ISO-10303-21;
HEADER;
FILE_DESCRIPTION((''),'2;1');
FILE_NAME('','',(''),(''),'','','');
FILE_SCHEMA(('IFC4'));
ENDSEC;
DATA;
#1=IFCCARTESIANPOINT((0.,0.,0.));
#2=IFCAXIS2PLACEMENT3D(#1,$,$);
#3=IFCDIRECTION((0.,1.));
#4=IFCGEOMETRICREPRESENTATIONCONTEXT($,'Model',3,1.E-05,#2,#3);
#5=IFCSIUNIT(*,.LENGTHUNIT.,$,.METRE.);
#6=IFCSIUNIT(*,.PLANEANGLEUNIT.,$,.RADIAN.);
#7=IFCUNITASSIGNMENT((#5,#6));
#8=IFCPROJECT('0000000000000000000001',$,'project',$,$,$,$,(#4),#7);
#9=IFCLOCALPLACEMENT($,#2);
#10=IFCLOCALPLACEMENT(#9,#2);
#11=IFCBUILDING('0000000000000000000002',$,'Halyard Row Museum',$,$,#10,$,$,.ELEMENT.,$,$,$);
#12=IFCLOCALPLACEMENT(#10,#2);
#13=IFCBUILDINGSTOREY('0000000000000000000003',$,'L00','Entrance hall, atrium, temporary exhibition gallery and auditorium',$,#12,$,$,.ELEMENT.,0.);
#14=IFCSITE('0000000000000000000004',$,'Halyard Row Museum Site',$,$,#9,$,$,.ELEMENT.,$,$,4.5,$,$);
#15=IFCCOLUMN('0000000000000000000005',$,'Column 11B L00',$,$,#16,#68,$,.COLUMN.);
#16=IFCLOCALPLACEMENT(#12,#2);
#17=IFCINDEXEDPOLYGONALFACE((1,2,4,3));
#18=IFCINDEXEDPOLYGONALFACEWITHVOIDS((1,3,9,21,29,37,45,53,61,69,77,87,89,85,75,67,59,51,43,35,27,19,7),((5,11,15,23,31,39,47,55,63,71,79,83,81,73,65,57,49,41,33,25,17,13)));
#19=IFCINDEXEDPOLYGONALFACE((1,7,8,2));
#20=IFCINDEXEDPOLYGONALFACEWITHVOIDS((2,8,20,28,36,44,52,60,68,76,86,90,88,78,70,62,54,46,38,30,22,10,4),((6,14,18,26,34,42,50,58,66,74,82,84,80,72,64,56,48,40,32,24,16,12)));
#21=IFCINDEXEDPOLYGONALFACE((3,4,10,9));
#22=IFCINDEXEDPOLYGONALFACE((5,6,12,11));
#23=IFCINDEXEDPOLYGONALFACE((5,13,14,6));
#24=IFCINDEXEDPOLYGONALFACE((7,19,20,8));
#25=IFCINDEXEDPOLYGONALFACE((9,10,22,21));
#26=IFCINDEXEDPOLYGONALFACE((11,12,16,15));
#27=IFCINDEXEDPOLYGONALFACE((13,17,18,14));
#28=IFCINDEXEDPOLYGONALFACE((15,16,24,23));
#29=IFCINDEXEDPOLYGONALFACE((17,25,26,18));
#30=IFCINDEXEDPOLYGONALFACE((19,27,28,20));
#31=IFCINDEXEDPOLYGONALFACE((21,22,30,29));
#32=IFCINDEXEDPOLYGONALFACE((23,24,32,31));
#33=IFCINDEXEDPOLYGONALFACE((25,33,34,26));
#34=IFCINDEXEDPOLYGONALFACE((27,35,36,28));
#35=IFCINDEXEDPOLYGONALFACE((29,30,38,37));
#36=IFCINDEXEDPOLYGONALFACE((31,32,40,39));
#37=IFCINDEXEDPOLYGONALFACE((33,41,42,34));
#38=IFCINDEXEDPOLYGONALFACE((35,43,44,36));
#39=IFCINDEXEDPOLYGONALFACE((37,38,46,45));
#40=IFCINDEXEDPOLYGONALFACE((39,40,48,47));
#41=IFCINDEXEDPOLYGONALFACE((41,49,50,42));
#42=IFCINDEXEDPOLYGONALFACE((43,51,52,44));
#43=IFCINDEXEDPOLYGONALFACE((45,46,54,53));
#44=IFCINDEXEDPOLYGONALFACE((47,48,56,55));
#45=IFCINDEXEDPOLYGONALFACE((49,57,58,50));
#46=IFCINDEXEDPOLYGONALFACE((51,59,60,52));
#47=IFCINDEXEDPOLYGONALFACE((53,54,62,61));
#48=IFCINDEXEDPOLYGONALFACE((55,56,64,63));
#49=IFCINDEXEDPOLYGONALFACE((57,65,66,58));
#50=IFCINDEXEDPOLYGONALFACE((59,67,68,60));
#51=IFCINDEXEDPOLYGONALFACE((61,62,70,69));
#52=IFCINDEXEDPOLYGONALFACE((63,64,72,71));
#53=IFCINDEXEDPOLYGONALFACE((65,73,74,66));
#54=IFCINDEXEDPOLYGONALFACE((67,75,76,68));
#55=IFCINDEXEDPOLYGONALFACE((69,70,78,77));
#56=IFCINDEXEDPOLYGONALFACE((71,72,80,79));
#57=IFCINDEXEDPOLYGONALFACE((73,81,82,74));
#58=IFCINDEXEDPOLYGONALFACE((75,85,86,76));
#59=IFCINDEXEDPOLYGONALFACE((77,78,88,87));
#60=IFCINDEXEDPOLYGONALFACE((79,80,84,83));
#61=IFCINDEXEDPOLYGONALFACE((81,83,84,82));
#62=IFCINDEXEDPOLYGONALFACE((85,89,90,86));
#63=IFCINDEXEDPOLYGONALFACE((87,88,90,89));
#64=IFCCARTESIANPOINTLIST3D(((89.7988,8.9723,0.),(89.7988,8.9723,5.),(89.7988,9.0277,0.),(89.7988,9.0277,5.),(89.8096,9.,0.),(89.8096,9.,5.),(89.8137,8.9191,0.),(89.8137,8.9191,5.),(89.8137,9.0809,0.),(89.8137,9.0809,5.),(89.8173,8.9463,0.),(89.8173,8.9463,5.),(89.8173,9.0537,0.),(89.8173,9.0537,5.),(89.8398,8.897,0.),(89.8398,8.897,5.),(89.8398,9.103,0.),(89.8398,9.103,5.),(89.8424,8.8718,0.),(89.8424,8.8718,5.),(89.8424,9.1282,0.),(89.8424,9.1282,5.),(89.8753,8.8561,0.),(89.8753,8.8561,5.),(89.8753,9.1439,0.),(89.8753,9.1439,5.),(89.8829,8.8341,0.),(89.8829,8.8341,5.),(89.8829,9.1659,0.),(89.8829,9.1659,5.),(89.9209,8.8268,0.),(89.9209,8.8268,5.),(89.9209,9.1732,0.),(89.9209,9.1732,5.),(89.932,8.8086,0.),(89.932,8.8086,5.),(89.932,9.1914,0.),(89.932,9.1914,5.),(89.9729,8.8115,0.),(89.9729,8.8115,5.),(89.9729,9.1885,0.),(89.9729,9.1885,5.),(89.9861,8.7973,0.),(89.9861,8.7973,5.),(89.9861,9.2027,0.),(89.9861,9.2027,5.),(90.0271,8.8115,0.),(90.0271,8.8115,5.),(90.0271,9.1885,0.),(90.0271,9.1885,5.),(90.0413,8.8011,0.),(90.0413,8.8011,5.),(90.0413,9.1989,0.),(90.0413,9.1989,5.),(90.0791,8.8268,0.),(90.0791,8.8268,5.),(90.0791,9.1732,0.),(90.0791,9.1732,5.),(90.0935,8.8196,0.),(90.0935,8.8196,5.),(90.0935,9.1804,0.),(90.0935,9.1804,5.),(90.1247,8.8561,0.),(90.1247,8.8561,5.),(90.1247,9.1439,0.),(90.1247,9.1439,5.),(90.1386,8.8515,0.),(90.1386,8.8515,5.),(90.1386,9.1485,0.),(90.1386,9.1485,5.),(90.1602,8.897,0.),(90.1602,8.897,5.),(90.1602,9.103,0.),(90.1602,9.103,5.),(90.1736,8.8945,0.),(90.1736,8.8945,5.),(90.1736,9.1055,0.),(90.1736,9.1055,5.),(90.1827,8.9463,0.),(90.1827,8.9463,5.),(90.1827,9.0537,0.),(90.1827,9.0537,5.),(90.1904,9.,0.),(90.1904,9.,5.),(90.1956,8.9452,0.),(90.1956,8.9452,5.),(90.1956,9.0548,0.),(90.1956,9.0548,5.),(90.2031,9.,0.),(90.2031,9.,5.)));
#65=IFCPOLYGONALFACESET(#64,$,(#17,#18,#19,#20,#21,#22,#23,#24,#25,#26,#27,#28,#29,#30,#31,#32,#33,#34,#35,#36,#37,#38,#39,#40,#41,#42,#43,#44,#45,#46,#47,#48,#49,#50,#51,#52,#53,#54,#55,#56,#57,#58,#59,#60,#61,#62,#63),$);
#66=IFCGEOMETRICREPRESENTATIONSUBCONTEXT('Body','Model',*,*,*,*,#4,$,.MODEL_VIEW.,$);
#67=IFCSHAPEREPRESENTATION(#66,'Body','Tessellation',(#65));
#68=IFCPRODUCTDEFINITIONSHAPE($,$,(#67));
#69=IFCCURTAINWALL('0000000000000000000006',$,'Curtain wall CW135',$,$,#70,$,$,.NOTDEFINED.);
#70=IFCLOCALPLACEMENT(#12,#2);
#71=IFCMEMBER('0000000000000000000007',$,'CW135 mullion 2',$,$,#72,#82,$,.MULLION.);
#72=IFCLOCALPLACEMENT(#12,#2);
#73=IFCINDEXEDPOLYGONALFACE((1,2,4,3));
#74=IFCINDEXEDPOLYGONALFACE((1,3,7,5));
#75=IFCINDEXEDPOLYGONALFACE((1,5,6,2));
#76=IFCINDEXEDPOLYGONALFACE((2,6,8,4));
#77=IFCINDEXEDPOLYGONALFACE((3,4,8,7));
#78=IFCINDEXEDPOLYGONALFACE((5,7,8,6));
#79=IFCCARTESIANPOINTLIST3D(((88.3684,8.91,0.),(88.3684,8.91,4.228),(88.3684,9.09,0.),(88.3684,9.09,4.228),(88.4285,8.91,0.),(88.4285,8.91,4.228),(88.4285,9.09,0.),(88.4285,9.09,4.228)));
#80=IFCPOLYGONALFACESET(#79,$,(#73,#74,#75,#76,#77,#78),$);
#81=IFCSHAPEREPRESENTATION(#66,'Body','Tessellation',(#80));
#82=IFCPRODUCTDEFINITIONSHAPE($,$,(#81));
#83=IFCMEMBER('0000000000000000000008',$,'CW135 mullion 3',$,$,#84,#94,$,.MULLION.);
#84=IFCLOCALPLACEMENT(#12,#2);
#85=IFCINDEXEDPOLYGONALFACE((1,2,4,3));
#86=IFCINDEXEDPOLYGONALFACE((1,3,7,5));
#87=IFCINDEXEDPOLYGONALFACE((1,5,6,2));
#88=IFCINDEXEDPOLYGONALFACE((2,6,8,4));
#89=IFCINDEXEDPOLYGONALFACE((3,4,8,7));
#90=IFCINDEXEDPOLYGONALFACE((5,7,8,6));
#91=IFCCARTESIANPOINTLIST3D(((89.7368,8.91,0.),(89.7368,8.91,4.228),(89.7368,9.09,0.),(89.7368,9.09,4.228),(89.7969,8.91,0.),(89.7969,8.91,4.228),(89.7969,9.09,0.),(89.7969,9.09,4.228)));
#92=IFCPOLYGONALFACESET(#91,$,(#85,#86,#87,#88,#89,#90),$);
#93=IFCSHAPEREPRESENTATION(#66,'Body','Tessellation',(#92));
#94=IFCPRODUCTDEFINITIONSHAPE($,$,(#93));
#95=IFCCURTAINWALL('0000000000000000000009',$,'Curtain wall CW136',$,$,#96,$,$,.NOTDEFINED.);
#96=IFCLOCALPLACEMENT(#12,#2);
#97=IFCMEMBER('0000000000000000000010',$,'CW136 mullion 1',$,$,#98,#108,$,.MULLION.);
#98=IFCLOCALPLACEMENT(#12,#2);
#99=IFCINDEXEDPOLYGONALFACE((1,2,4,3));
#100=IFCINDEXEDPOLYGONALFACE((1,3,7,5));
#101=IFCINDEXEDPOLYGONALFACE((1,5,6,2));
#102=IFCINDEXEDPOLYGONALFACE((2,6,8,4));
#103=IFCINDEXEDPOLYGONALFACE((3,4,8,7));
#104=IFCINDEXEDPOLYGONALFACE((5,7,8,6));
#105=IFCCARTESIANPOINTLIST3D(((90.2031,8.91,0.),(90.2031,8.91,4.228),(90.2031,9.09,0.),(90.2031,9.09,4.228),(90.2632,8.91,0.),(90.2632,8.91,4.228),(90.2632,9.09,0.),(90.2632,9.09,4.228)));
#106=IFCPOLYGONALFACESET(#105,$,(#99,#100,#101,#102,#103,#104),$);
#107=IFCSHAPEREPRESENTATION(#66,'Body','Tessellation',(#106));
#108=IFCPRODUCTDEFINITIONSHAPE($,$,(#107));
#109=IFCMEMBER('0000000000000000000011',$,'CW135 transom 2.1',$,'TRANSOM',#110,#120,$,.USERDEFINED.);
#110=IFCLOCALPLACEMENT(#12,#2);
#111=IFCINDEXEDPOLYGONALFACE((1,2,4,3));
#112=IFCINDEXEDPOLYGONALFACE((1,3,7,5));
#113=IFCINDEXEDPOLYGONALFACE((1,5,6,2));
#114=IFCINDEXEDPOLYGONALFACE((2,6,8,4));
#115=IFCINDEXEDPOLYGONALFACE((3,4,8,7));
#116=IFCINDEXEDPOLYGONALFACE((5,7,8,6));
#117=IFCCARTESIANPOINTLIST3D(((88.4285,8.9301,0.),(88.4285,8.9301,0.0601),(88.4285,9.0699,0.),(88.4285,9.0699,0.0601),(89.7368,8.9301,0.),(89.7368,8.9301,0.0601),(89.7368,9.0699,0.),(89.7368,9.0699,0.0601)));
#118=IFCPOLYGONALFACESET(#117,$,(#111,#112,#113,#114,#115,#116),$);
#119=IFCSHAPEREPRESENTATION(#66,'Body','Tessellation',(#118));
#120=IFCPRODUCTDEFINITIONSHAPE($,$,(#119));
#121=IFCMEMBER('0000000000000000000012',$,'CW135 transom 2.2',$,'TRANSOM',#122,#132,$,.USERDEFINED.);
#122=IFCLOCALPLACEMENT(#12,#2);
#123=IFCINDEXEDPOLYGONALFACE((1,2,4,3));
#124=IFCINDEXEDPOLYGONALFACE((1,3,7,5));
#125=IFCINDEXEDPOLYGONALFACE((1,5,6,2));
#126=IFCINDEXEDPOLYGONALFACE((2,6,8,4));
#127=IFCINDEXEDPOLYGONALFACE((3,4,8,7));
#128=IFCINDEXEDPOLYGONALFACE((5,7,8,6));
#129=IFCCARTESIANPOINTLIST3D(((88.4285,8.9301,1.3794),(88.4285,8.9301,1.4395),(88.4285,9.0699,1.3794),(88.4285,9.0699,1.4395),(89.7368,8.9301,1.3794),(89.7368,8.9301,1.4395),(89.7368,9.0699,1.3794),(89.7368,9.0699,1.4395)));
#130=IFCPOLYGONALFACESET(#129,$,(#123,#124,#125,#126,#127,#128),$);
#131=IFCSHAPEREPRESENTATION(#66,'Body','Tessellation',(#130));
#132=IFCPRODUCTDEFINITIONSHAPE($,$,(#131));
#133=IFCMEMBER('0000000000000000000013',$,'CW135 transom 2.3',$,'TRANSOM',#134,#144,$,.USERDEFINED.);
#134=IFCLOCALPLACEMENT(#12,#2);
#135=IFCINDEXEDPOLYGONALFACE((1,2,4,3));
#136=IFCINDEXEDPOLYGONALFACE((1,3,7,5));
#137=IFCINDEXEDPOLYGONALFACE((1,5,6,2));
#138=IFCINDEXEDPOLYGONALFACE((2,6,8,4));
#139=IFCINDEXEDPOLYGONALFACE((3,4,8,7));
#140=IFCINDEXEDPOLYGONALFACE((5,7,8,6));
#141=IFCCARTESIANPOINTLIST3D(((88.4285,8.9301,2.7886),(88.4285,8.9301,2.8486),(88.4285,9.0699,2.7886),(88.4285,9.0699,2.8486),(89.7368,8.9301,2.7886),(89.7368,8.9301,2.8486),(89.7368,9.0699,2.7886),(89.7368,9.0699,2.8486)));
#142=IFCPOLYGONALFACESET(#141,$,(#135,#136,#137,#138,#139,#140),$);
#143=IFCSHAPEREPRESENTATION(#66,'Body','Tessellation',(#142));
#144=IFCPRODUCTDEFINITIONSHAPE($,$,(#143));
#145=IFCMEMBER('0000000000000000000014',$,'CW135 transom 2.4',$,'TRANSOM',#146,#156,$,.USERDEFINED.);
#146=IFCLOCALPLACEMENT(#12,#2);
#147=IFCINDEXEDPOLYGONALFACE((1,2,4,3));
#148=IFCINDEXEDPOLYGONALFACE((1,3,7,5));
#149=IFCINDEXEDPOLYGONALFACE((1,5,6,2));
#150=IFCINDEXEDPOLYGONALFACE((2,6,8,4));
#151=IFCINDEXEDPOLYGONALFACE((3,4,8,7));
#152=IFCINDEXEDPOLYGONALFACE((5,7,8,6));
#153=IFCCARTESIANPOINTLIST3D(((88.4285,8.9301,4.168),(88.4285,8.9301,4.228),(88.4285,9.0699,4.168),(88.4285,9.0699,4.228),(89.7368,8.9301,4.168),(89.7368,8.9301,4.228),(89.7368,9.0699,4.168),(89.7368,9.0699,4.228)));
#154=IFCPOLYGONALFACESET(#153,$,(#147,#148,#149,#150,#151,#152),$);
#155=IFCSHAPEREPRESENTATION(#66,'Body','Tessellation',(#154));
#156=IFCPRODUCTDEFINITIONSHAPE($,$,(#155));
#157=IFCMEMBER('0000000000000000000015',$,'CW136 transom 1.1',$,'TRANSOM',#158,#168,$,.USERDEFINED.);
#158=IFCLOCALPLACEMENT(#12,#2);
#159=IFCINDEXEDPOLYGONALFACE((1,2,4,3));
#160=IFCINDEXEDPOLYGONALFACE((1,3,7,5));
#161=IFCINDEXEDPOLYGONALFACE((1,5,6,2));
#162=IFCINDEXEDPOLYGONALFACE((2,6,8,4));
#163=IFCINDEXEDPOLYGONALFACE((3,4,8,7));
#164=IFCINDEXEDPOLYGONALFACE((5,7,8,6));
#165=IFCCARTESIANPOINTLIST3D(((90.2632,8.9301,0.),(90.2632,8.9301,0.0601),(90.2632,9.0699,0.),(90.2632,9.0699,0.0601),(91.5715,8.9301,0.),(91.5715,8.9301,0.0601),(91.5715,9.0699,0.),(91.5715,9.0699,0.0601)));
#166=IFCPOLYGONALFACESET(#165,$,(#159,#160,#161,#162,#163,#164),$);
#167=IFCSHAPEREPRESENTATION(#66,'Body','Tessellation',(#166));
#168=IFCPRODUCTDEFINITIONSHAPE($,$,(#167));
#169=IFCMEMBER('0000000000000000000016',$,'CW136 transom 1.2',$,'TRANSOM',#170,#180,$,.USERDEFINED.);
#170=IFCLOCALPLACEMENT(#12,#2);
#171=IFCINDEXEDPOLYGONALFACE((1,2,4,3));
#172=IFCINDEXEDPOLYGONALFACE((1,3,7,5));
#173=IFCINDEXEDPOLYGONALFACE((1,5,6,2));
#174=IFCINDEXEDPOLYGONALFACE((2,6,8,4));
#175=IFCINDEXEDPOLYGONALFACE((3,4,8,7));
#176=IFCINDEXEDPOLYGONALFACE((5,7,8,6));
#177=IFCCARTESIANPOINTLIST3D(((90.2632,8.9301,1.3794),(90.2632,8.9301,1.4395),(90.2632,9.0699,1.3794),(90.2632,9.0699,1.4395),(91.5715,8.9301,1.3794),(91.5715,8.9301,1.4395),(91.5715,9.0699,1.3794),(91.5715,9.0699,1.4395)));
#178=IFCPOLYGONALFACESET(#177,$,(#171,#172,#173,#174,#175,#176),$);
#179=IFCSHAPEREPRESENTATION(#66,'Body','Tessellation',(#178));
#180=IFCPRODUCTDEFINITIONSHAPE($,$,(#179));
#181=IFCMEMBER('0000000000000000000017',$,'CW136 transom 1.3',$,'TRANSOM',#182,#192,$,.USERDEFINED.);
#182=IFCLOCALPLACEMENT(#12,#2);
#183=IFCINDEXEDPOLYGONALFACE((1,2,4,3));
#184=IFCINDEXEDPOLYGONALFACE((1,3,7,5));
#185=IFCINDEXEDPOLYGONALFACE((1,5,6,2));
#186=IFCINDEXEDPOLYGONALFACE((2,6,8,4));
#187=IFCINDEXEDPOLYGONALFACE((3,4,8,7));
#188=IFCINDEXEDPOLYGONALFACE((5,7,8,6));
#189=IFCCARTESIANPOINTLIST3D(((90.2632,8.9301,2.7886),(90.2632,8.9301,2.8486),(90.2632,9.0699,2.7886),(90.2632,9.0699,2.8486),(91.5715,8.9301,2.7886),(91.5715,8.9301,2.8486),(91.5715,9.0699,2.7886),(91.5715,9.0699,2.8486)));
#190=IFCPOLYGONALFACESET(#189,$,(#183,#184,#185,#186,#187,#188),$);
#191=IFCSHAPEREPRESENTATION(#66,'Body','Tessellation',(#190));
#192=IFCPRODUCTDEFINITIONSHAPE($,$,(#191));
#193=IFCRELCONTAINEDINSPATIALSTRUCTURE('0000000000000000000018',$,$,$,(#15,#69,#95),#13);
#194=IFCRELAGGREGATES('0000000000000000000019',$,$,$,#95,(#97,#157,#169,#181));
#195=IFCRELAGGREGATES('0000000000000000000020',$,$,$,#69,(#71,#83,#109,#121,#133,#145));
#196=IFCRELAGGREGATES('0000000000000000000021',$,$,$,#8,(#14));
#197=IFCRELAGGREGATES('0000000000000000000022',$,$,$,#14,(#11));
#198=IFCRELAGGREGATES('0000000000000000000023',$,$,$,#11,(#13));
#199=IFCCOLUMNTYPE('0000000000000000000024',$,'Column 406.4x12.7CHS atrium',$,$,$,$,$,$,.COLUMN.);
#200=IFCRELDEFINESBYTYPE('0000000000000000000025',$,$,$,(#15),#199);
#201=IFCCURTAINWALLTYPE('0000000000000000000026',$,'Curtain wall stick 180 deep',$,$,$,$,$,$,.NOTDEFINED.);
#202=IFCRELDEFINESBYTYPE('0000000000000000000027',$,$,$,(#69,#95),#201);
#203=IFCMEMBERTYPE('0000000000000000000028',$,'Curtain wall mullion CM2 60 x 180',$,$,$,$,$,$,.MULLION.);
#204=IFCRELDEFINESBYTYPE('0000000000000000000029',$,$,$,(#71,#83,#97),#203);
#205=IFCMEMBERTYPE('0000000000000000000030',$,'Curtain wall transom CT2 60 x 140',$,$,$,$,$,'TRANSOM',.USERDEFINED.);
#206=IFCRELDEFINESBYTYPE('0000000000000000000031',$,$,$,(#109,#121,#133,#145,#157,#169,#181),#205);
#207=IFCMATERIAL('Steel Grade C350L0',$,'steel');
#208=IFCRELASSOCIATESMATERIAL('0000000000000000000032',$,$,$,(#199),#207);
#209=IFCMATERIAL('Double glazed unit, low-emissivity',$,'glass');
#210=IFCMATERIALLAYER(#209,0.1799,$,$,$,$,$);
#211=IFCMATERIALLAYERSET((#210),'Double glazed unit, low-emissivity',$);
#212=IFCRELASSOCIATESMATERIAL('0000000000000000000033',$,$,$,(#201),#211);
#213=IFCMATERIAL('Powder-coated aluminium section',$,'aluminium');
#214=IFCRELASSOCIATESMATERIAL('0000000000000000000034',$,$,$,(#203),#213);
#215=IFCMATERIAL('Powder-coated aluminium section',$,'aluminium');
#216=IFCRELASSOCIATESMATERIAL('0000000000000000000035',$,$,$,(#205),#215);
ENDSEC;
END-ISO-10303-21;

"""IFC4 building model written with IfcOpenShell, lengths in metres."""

from ifc_helpers import new_model, si_unit, direction, frame, origin, origin_2d, place, context, subcontext, project, spatial, rectangle, hollow_circle, extrude, material, layer, layer_set, material_profile, profile_set, type_object, element, aggregate, save


model = new_model("IFC4")

# Units and contexts
model_context = context("Model", 3, precision=1e-05, world=origin(), true_north=direction((0.0, 1.0)))
body_context = subcontext(model_context, "Body", "Model", "MODEL_VIEW")
ifc_project = project(units=[si_unit("LENGTHUNIT", "METRE"), si_unit("PLANEANGLEUNIT", "RADIAN")], contexts=[model_context])

# Site, building, storey
site_placement = place(None, origin())
site = spatial("IfcSite", under=ifc_project, at=site_placement, Name="Halyard Row Museum Site", CompositionType="ELEMENT", RefElevation=4.5)
building_placement = place(site_placement, origin())
building = spatial("IfcBuilding", under=site, at=building_placement, Name="Halyard Row Museum", CompositionType="ELEMENT")
storey_placement = place(building_placement, origin())
storey = spatial("IfcBuildingStorey", under=building, at=storey_placement, Name="L00", Description="Entrance hall, atrium, temporary exhibition gallery and auditorium", CompositionType="ELEMENT", Elevation=0.0)

# Column
ifc_material_1 = material(Name="Steel Grade C350L0", Category="steel")
ifc_material_profile_1 = material_profile(ifc_material_1, hollow_circle(Radius=0.2031, WallThickness=0.0127, at=origin_2d()), Name="406.4x12.7CHS")
ifc_profile_set_1 = profile_set([ifc_material_profile_1], Name="Steel Grade C350L0")
column_type = type_object("IfcColumnType", Name="Column 406.4x12.7CHS atrium", PredefinedType="COLUMN", material=ifc_profile_set_1)
column_placement = place(storey_placement, frame((90.0, 9.0, 0.0), z_axis=(0.0, 0.0, 1.0), x_axis=(1.0, 0.0, 0.0)))
element("IfcColumn", 1, at=column_placement, inside=storey, type_object=column_type, Name="Column 11B L00", PredefinedType="COLUMN", context=body_context, shape_type="SweptSolid", body=[
    extrude(hollow_circle(Radius=0.2031, WallThickness=0.0127, at=origin_2d()), origin(), (0.0, 0.0, 1.0), 5.0),
])

# Curtain wall, members
ifc_material_2 = material(Name="Double glazed unit, low-emissivity", Category="glass")
ifc_layer_1 = layer(ifc_material_2, 0.1799)
ifc_layer_set_1 = layer_set([ifc_layer_1], Name="Double glazed unit, low-emissivity")
curtain_wall_type = type_object("IfcCurtainWallType", Name="Curtain wall stick 180 deep", PredefinedType="NOTDEFINED", material=ifc_layer_set_1)
curtain_wall_1_placement = place(storey_placement, origin())
curtain_wall_1 = element("IfcCurtainWall", 2, at=curtain_wall_1_placement, inside=storey, type_object=curtain_wall_type, Name="Curtain wall CW135", PredefinedType="NOTDEFINED")
ifc_material_3 = material(Name="Powder-coated aluminium section", Category="aluminium")
ifc_material_profile_2 = material_profile(ifc_material_3, rectangle(XDim=0.1799, YDim=0.0601, at=origin_2d()), Name="180x60 mullion")
ifc_profile_set_2 = profile_set([ifc_material_profile_2], Name="Powder-coated aluminium section")
member_type_1 = type_object("IfcMemberType", Name="Curtain wall mullion CM2 60 x 180", PredefinedType="MULLION", material=ifc_profile_set_2)
member_1_placement = place(storey_placement, frame((88.3984, 9.0, 0.0), z_axis=(0.0, 0.0, 1.0), x_axis=(0.0, 1.0, 0.0)))
member_1 = element("IfcMember", 3, at=member_1_placement, type_object=member_type_1, Name="CW135 mullion 2", PredefinedType="MULLION", context=body_context, shape_type="SweptSolid", body=[
    extrude(rectangle(XDim=0.1799, YDim=0.0601, at=origin_2d()), origin(), (0.0, 0.0, 1.0), 4.228),
])
member_2_placement = place(storey_placement, frame((89.7668, 9.0, 0.0), z_axis=(0.0, 0.0, 1.0), x_axis=(0.0, 1.0, 0.0)))
member_2 = element("IfcMember", 4, at=member_2_placement, type_object=member_type_1, Name="CW135 mullion 3", PredefinedType="MULLION", context=body_context, shape_type="SweptSolid", body=[
    extrude(rectangle(XDim=0.1799, YDim=0.0601, at=origin_2d()), origin(), (0.0, 0.0, 1.0), 4.228),
])

# Curtain wall, member
curtain_wall_2_placement = place(storey_placement, origin())
curtain_wall_2 = element("IfcCurtainWall", 5, at=curtain_wall_2_placement, inside=storey, type_object=curtain_wall_type, Name="Curtain wall CW136", PredefinedType="NOTDEFINED")
member_3_placement = place(storey_placement, frame((90.2332, 9.0, 0.0), z_axis=(0.0, 0.0, 1.0), x_axis=(0.0, 1.0, 0.0)))
member_3 = element("IfcMember", 6, at=member_3_placement, type_object=member_type_1, Name="CW136 mullion 1", PredefinedType="MULLION", context=body_context, shape_type="SweptSolid", body=[
    extrude(rectangle(XDim=0.1799, YDim=0.0601, at=origin_2d()), origin(), (0.0, 0.0, 1.0), 4.228),
])

# Members
ifc_material_4 = material(Name="Powder-coated aluminium section", Category="aluminium")
ifc_material_profile_3 = material_profile(ifc_material_4, rectangle(XDim=0.1399, YDim=0.0601, at=origin_2d()), Name="140x60 transom")
ifc_profile_set_3 = profile_set([ifc_material_profile_3], Name="Powder-coated aluminium section")
member_type_2 = type_object("IfcMemberType", Name="Curtain wall transom CT2 60 x 140", ElementType="TRANSOM", PredefinedType="USERDEFINED", material=ifc_profile_set_3)
member_4_placement = place(storey_placement, frame((88.4285, 9.0, 0.03), z_axis=(1.0, 0.0, 0.0), x_axis=(0.0, 1.0, 0.0)))
member_4 = element("IfcMember", 7, at=member_4_placement, type_object=member_type_2, Name="CW135 transom 2.1", ObjectType="TRANSOM", PredefinedType="USERDEFINED", context=body_context, shape_type="SweptSolid", body=[
    extrude(rectangle(XDim=0.1399, YDim=0.0601, at=origin_2d()), origin(), (0.0, 0.0, 1.0), 1.3083),
])
member_5_placement = place(storey_placement, frame((88.4285, 9.0, 1.4094), z_axis=(1.0, 0.0, 0.0), x_axis=(0.0, 1.0, 0.0)))
member_5 = element("IfcMember", 8, at=member_5_placement, type_object=member_type_2, Name="CW135 transom 2.2", ObjectType="TRANSOM", PredefinedType="USERDEFINED", context=body_context, shape_type="SweptSolid", body=[
    extrude(rectangle(XDim=0.1399, YDim=0.0601, at=origin_2d()), origin(), (0.0, 0.0, 1.0), 1.3083),
])
member_6_placement = place(storey_placement, frame((88.4285, 9.0, 2.8186), z_axis=(1.0, 0.0, 0.0), x_axis=(0.0, 1.0, 0.0)))
member_6 = element("IfcMember", 9, at=member_6_placement, type_object=member_type_2, Name="CW135 transom 2.3", ObjectType="TRANSOM", PredefinedType="USERDEFINED", context=body_context, shape_type="SweptSolid", body=[
    extrude(rectangle(XDim=0.1399, YDim=0.0601, at=origin_2d()), origin(), (0.0, 0.0, 1.0), 1.3083),
])
member_7_placement = place(storey_placement, frame((88.4285, 9.0, 4.198), z_axis=(1.0, 0.0, 0.0), x_axis=(0.0, 1.0, 0.0)))
member_7 = element("IfcMember", 10, at=member_7_placement, type_object=member_type_2, Name="CW135 transom 2.4", ObjectType="TRANSOM", PredefinedType="USERDEFINED", context=body_context, shape_type="SweptSolid", body=[
    extrude(rectangle(XDim=0.1399, YDim=0.0601, at=origin_2d()), origin(), (0.0, 0.0, 1.0), 1.3083),
])
member_8_placement = place(storey_placement, frame((90.2632, 9.0, 0.03), z_axis=(1.0, 0.0, 0.0), x_axis=(0.0, 1.0, 0.0)))
member_8 = element("IfcMember", 11, at=member_8_placement, type_object=member_type_2, Name="CW136 transom 1.1", ObjectType="TRANSOM", PredefinedType="USERDEFINED", context=body_context, shape_type="SweptSolid", body=[
    extrude(rectangle(XDim=0.1399, YDim=0.0601, at=origin_2d()), origin(), (0.0, 0.0, 1.0), 1.3083),
])
member_9_placement = place(storey_placement, frame((90.2632, 9.0, 1.4094), z_axis=(1.0, 0.0, 0.0), x_axis=(0.0, 1.0, 0.0)))
member_9 = element("IfcMember", 12, at=member_9_placement, type_object=member_type_2, Name="CW136 transom 1.2", ObjectType="TRANSOM", PredefinedType="USERDEFINED", context=body_context, shape_type="SweptSolid", body=[
    extrude(rectangle(XDim=0.1399, YDim=0.0601, at=origin_2d()), origin(), (0.0, 0.0, 1.0), 1.3083),
])
member_10_placement = place(storey_placement, frame((90.2632, 9.0, 2.8186), z_axis=(1.0, 0.0, 0.0), x_axis=(0.0, 1.0, 0.0)))
member_10 = element("IfcMember", 13, at=member_10_placement, type_object=member_type_2, Name="CW136 transom 1.3", ObjectType="TRANSOM", PredefinedType="USERDEFINED", context=body_context, shape_type="SweptSolid", body=[
    extrude(rectangle(XDim=0.1399, YDim=0.0601, at=origin_2d()), origin(), (0.0, 0.0, 1.0), 1.3083),
])
aggregate(curtain_wall_2, [member_3, member_8, member_9, member_10])

aggregate(curtain_wall_1, [member_1, member_2, member_4, member_5, member_6, member_7])

save(model, "model.ifc")
